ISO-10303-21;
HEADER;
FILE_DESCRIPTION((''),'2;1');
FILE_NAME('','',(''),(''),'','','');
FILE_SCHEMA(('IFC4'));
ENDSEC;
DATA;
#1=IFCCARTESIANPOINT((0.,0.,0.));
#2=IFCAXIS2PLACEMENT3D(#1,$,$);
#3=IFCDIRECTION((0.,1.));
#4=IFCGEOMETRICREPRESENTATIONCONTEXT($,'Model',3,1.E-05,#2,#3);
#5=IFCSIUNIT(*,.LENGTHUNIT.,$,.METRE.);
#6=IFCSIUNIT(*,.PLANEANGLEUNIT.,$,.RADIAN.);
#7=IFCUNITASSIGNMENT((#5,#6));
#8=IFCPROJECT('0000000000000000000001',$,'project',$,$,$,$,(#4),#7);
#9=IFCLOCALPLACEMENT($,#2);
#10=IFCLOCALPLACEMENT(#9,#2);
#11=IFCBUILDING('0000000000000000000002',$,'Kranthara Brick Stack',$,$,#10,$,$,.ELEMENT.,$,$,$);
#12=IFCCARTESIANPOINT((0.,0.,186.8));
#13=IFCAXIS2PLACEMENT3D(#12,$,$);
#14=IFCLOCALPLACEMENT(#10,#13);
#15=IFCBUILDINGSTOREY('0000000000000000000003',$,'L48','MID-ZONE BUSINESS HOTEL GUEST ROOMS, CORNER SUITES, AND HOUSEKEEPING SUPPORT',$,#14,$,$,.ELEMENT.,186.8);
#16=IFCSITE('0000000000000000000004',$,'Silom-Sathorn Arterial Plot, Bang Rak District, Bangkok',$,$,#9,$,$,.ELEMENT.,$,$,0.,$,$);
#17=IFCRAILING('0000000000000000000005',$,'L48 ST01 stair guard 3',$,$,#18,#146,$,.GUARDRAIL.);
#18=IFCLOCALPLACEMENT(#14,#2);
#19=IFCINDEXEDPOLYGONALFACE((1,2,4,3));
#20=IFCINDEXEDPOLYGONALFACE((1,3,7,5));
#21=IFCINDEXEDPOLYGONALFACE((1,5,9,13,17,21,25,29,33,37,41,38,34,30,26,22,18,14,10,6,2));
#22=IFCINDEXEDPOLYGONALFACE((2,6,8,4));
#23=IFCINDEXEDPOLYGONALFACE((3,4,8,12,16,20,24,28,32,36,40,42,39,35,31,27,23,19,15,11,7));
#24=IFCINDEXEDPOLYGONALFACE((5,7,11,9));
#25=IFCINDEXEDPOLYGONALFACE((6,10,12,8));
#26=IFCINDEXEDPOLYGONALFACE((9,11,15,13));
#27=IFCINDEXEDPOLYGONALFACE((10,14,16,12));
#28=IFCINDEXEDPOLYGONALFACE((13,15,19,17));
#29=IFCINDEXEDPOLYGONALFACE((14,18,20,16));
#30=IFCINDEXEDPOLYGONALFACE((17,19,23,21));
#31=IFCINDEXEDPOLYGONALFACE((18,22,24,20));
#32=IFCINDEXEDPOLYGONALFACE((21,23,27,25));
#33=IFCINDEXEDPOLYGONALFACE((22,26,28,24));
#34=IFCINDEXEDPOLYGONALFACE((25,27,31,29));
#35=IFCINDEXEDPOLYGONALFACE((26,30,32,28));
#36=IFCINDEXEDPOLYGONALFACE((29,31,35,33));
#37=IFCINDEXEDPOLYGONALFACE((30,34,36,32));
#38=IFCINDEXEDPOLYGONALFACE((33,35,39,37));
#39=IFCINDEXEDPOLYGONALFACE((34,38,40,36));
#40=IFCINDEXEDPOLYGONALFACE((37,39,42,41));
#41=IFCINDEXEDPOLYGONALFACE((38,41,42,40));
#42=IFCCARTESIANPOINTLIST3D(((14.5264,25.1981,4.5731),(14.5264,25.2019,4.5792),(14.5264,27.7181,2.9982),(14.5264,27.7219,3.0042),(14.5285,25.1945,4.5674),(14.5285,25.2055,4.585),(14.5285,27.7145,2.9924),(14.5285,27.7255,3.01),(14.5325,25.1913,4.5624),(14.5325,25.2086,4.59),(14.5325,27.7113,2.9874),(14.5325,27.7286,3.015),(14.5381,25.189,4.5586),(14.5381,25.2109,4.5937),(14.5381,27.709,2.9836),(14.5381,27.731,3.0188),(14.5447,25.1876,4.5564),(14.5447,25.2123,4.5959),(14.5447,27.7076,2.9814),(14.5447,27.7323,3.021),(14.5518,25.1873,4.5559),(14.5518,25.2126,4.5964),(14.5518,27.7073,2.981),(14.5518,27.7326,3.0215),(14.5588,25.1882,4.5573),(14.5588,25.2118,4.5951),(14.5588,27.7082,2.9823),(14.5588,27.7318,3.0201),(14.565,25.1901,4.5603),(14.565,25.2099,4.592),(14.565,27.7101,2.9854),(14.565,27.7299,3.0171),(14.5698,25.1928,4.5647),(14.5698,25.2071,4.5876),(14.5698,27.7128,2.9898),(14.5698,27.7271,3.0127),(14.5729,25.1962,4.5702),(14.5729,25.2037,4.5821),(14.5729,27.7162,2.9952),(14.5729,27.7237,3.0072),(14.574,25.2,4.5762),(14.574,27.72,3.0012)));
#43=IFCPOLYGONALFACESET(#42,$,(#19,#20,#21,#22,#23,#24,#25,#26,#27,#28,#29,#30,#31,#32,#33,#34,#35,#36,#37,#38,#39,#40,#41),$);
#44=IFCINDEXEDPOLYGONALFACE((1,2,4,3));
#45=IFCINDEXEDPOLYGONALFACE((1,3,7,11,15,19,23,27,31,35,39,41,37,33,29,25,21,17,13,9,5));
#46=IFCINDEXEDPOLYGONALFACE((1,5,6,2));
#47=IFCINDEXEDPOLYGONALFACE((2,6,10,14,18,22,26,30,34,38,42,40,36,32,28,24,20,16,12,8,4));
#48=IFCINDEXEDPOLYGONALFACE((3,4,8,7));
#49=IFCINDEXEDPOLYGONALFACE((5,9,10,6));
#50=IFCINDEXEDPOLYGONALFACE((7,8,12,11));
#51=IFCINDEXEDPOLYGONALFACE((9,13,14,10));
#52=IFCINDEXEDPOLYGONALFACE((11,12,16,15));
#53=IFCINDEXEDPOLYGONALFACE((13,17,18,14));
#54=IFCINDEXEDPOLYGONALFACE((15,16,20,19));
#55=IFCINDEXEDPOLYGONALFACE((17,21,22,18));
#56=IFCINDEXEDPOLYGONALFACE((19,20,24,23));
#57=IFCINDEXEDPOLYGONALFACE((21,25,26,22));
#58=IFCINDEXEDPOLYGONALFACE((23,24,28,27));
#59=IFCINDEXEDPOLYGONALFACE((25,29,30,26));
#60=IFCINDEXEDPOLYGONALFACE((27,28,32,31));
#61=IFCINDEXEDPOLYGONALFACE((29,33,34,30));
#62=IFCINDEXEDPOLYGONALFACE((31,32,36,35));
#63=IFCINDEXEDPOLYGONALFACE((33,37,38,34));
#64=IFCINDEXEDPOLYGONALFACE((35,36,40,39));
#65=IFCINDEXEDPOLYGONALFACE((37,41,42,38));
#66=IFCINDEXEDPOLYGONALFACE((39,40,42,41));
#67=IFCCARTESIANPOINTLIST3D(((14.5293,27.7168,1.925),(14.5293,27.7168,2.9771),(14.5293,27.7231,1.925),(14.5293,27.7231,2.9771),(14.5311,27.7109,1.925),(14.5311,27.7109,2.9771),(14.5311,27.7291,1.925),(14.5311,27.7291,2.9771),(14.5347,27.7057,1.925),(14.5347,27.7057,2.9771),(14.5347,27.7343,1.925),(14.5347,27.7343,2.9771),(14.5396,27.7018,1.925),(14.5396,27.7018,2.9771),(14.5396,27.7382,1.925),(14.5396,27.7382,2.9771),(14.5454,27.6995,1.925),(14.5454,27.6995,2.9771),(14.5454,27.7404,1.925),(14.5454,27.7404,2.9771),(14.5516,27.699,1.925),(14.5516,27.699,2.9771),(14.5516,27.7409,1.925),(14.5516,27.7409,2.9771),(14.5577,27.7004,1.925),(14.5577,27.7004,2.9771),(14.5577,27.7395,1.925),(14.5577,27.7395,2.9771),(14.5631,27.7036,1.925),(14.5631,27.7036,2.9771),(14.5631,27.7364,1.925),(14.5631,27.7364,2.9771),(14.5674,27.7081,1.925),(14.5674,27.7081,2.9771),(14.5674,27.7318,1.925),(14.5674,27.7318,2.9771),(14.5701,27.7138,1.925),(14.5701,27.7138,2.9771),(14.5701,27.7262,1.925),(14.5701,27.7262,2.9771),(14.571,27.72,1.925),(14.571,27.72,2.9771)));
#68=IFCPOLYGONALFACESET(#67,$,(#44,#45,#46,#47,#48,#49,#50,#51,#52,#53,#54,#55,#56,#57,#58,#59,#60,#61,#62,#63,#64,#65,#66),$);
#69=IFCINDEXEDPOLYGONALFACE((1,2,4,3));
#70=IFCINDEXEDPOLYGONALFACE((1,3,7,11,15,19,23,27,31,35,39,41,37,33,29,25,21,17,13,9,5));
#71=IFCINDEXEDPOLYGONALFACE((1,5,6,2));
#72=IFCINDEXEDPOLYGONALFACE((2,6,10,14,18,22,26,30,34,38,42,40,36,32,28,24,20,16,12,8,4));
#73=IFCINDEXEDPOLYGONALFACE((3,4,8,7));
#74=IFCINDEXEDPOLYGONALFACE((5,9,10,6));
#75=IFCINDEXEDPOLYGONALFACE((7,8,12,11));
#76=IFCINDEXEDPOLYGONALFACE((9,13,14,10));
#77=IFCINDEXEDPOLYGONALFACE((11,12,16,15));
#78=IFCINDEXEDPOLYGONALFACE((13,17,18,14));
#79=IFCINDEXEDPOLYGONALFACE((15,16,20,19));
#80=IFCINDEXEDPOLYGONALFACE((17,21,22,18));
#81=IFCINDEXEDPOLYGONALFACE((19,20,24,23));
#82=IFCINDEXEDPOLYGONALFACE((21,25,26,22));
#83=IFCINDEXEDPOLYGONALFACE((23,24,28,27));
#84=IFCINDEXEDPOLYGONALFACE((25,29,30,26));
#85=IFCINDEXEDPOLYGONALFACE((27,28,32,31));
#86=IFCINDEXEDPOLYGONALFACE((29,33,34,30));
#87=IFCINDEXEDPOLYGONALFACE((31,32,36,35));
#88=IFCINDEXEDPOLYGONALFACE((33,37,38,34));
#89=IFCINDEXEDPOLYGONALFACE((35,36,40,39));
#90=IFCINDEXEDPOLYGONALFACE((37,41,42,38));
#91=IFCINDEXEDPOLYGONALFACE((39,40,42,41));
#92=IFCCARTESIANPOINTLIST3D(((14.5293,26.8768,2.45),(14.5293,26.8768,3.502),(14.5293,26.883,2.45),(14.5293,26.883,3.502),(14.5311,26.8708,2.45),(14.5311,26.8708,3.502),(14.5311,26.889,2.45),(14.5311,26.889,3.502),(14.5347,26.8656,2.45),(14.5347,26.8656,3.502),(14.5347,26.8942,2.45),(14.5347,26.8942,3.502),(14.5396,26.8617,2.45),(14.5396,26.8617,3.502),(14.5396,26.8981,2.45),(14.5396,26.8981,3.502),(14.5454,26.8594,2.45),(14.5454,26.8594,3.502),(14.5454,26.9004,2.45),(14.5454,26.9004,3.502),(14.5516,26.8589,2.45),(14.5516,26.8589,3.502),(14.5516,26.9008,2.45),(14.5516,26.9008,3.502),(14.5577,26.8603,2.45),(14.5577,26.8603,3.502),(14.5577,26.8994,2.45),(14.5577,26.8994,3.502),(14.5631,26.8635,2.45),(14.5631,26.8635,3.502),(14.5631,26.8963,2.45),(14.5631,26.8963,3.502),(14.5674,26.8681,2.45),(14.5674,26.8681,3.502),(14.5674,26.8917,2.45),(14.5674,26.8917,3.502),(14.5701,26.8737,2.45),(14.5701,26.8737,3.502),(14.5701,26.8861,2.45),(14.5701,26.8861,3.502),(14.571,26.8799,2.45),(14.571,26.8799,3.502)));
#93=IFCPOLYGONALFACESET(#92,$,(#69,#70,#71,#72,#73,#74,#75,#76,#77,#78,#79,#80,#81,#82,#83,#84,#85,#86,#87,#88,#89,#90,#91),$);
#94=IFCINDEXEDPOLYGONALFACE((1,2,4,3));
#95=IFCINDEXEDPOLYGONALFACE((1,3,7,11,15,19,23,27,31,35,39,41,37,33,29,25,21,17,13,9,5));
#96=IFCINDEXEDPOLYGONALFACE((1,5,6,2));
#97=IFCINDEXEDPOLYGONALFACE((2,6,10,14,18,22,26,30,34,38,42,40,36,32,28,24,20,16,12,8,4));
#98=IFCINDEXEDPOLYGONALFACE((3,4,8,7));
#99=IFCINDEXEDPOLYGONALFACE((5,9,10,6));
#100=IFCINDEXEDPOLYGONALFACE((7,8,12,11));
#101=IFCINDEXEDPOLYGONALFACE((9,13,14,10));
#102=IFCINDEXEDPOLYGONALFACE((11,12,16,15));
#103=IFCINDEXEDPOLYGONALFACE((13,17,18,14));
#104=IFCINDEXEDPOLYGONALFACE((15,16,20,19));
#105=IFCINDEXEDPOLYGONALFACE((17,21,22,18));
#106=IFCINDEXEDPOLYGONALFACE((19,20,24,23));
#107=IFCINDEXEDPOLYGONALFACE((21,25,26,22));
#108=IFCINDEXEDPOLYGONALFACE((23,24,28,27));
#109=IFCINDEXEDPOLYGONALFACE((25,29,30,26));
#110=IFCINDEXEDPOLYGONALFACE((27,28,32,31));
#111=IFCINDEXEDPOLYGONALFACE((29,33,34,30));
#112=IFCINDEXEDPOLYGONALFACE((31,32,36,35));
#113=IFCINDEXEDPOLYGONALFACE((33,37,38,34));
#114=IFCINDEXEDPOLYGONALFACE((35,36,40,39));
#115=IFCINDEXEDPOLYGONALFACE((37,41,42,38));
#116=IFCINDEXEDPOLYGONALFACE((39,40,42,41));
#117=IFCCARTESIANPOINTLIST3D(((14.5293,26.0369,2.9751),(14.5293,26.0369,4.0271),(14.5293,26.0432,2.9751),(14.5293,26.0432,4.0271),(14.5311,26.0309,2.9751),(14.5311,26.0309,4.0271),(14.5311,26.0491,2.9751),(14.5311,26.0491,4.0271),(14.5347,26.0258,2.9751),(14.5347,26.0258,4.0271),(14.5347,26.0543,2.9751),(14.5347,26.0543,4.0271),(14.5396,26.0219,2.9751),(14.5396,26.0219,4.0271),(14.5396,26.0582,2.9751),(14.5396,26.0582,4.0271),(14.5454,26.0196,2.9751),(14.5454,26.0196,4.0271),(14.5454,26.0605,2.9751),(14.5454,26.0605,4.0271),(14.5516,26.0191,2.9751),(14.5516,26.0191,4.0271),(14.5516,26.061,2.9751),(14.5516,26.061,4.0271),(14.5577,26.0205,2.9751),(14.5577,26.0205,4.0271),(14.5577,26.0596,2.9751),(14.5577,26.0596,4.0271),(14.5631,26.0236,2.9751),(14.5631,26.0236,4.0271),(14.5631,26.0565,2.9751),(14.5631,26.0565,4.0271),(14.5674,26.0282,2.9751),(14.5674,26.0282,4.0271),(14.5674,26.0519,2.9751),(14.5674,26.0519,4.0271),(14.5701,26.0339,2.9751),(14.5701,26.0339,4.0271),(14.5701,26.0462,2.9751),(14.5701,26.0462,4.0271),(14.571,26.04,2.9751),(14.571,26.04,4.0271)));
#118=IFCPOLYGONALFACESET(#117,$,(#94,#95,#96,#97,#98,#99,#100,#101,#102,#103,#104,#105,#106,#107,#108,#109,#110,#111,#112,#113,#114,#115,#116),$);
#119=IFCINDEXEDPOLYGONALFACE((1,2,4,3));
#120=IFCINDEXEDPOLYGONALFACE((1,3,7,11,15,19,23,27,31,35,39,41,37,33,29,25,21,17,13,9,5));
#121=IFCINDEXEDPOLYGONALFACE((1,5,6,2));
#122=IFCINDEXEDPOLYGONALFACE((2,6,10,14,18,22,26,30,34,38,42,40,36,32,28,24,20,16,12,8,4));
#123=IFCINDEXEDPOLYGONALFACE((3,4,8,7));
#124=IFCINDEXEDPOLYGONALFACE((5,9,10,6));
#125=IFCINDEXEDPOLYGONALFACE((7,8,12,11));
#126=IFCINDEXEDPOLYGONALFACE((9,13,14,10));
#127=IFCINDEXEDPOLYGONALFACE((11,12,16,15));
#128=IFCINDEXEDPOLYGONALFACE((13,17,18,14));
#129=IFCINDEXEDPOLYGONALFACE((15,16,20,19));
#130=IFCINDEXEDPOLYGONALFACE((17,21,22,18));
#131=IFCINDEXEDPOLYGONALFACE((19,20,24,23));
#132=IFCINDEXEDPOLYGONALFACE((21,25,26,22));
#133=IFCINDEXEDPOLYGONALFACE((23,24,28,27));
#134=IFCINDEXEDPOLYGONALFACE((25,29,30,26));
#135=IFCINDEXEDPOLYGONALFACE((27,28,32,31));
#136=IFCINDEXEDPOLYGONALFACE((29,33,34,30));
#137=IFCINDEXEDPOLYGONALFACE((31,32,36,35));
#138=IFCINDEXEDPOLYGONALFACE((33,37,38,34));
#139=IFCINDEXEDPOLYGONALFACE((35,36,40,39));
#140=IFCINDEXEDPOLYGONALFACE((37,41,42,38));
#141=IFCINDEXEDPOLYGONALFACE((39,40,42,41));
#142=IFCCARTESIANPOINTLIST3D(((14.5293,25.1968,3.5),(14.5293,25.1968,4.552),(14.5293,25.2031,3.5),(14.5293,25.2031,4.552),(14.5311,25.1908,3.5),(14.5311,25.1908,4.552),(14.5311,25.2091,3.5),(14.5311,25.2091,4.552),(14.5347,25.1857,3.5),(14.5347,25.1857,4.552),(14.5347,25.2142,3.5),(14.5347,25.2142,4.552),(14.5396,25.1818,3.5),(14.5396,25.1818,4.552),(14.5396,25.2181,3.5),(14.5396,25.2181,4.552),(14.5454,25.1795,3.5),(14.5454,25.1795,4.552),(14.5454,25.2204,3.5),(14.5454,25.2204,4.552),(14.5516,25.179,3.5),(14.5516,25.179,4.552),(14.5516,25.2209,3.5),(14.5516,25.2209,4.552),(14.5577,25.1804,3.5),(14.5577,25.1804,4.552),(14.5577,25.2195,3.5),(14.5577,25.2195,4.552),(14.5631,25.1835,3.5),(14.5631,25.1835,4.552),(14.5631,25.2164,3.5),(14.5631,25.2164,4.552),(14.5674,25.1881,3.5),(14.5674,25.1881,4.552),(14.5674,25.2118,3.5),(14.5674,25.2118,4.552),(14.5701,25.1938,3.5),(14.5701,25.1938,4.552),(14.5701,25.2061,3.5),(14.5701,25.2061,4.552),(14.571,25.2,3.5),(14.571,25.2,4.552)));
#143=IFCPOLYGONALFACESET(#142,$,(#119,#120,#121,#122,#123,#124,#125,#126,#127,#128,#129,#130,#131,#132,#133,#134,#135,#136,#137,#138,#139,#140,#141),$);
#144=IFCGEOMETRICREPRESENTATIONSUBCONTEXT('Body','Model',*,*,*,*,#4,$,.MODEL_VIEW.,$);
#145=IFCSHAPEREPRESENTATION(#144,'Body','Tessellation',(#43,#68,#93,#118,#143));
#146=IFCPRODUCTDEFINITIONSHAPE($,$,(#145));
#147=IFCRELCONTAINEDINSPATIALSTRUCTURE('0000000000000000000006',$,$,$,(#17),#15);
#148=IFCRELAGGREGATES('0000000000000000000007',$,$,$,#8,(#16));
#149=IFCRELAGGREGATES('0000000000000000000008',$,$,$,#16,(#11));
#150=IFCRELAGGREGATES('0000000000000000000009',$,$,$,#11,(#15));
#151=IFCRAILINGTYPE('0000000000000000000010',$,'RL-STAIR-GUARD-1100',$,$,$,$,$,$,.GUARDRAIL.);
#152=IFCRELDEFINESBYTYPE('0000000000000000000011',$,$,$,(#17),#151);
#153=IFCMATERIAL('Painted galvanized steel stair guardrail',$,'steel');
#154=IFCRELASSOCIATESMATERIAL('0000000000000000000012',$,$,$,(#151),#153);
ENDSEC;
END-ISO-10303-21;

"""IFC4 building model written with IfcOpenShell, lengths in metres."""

from ifc_helpers import new_model, si_unit, direction, frame, origin, origin_2d, place, context, subcontext, project, spatial, circle, extrude, material, type_object, element, save


model = new_model("IFC4")

# Units and contexts
model_context = context("Model", 3, precision=1e-05, world=origin(), true_north=direction((0.0, 1.0)))
body_context = subcontext(model_context, "Body", "Model", "MODEL_VIEW")
ifc_project = project(units=[si_unit("LENGTHUNIT", "METRE"), si_unit("PLANEANGLEUNIT", "RADIAN")], contexts=[model_context])

# Site, building, storey
site_placement = place(None, origin())
site = spatial("IfcSite", under=ifc_project, at=site_placement, Name="Silom-Sathorn Arterial Plot, Bang Rak District, Bangkok", CompositionType="ELEMENT", RefElevation=0.0)
building_placement = place(site_placement, origin())
building = spatial("IfcBuilding", under=site, at=building_placement, Name="Kranthara Brick Stack", CompositionType="ELEMENT")
storey_placement = place(building_placement, frame((0.0, 0.0, 186.8)))
storey = spatial("IfcBuildingStorey", under=building, at=storey_placement, Name="L48", Description="MID-ZONE BUSINESS HOTEL GUEST ROOMS, CORNER SUITES, AND HOUSEKEEPING SUPPORT", CompositionType="ELEMENT", Elevation=186.8)

# Railing
ifc_material_1 = material(Name="Painted galvanized steel stair guardrail", Category="steel")
railing_type_1 = type_object("IfcRailingType", Name="RL-STAIR-GUARD-1100", PredefinedType="GUARDRAIL", material=ifc_material_1)
railing_1_placement = place(storey_placement, frame((14.55, 27.72, 1.925)))
element("IfcRailing", 1, at=railing_1_placement, inside=storey, type_object=railing_type_1, Name="L48 ST01 stair guard 3", PredefinedType="GUARDRAIL", context=body_context, shape_type="SweptSolid", body=[
    extrude(circle(Radius=0.0239, at=origin_2d()), frame((0.0, 0.0, 1.0762), z_axis=(0.0, -0.848008, 0.529984), x_axis=(1.0, 0.0, 0.0)), (0.0, 0.0, 1.0), 2.9717),
    extrude(circle(Radius=0.021, at=origin_2d()), origin(), (0.0, 0.0, 1.0), 1.052),
    extrude(circle(Radius=0.021, at=origin_2d()), frame((0.0, -0.8401, 0.5249)), (0.0, 0.0, 1.0), 1.052),
    extrude(circle(Radius=0.021, at=origin_2d()), frame((0.0, -1.6799, 1.05)), (0.0, 0.0, 1.0), 1.052),
    extrude(circle(Radius=0.021, at=origin_2d()), frame((0.0, -2.52, 1.575)), (0.0, 0.0, 1.0), 1.052),
])

save(model, "model.ifc")
